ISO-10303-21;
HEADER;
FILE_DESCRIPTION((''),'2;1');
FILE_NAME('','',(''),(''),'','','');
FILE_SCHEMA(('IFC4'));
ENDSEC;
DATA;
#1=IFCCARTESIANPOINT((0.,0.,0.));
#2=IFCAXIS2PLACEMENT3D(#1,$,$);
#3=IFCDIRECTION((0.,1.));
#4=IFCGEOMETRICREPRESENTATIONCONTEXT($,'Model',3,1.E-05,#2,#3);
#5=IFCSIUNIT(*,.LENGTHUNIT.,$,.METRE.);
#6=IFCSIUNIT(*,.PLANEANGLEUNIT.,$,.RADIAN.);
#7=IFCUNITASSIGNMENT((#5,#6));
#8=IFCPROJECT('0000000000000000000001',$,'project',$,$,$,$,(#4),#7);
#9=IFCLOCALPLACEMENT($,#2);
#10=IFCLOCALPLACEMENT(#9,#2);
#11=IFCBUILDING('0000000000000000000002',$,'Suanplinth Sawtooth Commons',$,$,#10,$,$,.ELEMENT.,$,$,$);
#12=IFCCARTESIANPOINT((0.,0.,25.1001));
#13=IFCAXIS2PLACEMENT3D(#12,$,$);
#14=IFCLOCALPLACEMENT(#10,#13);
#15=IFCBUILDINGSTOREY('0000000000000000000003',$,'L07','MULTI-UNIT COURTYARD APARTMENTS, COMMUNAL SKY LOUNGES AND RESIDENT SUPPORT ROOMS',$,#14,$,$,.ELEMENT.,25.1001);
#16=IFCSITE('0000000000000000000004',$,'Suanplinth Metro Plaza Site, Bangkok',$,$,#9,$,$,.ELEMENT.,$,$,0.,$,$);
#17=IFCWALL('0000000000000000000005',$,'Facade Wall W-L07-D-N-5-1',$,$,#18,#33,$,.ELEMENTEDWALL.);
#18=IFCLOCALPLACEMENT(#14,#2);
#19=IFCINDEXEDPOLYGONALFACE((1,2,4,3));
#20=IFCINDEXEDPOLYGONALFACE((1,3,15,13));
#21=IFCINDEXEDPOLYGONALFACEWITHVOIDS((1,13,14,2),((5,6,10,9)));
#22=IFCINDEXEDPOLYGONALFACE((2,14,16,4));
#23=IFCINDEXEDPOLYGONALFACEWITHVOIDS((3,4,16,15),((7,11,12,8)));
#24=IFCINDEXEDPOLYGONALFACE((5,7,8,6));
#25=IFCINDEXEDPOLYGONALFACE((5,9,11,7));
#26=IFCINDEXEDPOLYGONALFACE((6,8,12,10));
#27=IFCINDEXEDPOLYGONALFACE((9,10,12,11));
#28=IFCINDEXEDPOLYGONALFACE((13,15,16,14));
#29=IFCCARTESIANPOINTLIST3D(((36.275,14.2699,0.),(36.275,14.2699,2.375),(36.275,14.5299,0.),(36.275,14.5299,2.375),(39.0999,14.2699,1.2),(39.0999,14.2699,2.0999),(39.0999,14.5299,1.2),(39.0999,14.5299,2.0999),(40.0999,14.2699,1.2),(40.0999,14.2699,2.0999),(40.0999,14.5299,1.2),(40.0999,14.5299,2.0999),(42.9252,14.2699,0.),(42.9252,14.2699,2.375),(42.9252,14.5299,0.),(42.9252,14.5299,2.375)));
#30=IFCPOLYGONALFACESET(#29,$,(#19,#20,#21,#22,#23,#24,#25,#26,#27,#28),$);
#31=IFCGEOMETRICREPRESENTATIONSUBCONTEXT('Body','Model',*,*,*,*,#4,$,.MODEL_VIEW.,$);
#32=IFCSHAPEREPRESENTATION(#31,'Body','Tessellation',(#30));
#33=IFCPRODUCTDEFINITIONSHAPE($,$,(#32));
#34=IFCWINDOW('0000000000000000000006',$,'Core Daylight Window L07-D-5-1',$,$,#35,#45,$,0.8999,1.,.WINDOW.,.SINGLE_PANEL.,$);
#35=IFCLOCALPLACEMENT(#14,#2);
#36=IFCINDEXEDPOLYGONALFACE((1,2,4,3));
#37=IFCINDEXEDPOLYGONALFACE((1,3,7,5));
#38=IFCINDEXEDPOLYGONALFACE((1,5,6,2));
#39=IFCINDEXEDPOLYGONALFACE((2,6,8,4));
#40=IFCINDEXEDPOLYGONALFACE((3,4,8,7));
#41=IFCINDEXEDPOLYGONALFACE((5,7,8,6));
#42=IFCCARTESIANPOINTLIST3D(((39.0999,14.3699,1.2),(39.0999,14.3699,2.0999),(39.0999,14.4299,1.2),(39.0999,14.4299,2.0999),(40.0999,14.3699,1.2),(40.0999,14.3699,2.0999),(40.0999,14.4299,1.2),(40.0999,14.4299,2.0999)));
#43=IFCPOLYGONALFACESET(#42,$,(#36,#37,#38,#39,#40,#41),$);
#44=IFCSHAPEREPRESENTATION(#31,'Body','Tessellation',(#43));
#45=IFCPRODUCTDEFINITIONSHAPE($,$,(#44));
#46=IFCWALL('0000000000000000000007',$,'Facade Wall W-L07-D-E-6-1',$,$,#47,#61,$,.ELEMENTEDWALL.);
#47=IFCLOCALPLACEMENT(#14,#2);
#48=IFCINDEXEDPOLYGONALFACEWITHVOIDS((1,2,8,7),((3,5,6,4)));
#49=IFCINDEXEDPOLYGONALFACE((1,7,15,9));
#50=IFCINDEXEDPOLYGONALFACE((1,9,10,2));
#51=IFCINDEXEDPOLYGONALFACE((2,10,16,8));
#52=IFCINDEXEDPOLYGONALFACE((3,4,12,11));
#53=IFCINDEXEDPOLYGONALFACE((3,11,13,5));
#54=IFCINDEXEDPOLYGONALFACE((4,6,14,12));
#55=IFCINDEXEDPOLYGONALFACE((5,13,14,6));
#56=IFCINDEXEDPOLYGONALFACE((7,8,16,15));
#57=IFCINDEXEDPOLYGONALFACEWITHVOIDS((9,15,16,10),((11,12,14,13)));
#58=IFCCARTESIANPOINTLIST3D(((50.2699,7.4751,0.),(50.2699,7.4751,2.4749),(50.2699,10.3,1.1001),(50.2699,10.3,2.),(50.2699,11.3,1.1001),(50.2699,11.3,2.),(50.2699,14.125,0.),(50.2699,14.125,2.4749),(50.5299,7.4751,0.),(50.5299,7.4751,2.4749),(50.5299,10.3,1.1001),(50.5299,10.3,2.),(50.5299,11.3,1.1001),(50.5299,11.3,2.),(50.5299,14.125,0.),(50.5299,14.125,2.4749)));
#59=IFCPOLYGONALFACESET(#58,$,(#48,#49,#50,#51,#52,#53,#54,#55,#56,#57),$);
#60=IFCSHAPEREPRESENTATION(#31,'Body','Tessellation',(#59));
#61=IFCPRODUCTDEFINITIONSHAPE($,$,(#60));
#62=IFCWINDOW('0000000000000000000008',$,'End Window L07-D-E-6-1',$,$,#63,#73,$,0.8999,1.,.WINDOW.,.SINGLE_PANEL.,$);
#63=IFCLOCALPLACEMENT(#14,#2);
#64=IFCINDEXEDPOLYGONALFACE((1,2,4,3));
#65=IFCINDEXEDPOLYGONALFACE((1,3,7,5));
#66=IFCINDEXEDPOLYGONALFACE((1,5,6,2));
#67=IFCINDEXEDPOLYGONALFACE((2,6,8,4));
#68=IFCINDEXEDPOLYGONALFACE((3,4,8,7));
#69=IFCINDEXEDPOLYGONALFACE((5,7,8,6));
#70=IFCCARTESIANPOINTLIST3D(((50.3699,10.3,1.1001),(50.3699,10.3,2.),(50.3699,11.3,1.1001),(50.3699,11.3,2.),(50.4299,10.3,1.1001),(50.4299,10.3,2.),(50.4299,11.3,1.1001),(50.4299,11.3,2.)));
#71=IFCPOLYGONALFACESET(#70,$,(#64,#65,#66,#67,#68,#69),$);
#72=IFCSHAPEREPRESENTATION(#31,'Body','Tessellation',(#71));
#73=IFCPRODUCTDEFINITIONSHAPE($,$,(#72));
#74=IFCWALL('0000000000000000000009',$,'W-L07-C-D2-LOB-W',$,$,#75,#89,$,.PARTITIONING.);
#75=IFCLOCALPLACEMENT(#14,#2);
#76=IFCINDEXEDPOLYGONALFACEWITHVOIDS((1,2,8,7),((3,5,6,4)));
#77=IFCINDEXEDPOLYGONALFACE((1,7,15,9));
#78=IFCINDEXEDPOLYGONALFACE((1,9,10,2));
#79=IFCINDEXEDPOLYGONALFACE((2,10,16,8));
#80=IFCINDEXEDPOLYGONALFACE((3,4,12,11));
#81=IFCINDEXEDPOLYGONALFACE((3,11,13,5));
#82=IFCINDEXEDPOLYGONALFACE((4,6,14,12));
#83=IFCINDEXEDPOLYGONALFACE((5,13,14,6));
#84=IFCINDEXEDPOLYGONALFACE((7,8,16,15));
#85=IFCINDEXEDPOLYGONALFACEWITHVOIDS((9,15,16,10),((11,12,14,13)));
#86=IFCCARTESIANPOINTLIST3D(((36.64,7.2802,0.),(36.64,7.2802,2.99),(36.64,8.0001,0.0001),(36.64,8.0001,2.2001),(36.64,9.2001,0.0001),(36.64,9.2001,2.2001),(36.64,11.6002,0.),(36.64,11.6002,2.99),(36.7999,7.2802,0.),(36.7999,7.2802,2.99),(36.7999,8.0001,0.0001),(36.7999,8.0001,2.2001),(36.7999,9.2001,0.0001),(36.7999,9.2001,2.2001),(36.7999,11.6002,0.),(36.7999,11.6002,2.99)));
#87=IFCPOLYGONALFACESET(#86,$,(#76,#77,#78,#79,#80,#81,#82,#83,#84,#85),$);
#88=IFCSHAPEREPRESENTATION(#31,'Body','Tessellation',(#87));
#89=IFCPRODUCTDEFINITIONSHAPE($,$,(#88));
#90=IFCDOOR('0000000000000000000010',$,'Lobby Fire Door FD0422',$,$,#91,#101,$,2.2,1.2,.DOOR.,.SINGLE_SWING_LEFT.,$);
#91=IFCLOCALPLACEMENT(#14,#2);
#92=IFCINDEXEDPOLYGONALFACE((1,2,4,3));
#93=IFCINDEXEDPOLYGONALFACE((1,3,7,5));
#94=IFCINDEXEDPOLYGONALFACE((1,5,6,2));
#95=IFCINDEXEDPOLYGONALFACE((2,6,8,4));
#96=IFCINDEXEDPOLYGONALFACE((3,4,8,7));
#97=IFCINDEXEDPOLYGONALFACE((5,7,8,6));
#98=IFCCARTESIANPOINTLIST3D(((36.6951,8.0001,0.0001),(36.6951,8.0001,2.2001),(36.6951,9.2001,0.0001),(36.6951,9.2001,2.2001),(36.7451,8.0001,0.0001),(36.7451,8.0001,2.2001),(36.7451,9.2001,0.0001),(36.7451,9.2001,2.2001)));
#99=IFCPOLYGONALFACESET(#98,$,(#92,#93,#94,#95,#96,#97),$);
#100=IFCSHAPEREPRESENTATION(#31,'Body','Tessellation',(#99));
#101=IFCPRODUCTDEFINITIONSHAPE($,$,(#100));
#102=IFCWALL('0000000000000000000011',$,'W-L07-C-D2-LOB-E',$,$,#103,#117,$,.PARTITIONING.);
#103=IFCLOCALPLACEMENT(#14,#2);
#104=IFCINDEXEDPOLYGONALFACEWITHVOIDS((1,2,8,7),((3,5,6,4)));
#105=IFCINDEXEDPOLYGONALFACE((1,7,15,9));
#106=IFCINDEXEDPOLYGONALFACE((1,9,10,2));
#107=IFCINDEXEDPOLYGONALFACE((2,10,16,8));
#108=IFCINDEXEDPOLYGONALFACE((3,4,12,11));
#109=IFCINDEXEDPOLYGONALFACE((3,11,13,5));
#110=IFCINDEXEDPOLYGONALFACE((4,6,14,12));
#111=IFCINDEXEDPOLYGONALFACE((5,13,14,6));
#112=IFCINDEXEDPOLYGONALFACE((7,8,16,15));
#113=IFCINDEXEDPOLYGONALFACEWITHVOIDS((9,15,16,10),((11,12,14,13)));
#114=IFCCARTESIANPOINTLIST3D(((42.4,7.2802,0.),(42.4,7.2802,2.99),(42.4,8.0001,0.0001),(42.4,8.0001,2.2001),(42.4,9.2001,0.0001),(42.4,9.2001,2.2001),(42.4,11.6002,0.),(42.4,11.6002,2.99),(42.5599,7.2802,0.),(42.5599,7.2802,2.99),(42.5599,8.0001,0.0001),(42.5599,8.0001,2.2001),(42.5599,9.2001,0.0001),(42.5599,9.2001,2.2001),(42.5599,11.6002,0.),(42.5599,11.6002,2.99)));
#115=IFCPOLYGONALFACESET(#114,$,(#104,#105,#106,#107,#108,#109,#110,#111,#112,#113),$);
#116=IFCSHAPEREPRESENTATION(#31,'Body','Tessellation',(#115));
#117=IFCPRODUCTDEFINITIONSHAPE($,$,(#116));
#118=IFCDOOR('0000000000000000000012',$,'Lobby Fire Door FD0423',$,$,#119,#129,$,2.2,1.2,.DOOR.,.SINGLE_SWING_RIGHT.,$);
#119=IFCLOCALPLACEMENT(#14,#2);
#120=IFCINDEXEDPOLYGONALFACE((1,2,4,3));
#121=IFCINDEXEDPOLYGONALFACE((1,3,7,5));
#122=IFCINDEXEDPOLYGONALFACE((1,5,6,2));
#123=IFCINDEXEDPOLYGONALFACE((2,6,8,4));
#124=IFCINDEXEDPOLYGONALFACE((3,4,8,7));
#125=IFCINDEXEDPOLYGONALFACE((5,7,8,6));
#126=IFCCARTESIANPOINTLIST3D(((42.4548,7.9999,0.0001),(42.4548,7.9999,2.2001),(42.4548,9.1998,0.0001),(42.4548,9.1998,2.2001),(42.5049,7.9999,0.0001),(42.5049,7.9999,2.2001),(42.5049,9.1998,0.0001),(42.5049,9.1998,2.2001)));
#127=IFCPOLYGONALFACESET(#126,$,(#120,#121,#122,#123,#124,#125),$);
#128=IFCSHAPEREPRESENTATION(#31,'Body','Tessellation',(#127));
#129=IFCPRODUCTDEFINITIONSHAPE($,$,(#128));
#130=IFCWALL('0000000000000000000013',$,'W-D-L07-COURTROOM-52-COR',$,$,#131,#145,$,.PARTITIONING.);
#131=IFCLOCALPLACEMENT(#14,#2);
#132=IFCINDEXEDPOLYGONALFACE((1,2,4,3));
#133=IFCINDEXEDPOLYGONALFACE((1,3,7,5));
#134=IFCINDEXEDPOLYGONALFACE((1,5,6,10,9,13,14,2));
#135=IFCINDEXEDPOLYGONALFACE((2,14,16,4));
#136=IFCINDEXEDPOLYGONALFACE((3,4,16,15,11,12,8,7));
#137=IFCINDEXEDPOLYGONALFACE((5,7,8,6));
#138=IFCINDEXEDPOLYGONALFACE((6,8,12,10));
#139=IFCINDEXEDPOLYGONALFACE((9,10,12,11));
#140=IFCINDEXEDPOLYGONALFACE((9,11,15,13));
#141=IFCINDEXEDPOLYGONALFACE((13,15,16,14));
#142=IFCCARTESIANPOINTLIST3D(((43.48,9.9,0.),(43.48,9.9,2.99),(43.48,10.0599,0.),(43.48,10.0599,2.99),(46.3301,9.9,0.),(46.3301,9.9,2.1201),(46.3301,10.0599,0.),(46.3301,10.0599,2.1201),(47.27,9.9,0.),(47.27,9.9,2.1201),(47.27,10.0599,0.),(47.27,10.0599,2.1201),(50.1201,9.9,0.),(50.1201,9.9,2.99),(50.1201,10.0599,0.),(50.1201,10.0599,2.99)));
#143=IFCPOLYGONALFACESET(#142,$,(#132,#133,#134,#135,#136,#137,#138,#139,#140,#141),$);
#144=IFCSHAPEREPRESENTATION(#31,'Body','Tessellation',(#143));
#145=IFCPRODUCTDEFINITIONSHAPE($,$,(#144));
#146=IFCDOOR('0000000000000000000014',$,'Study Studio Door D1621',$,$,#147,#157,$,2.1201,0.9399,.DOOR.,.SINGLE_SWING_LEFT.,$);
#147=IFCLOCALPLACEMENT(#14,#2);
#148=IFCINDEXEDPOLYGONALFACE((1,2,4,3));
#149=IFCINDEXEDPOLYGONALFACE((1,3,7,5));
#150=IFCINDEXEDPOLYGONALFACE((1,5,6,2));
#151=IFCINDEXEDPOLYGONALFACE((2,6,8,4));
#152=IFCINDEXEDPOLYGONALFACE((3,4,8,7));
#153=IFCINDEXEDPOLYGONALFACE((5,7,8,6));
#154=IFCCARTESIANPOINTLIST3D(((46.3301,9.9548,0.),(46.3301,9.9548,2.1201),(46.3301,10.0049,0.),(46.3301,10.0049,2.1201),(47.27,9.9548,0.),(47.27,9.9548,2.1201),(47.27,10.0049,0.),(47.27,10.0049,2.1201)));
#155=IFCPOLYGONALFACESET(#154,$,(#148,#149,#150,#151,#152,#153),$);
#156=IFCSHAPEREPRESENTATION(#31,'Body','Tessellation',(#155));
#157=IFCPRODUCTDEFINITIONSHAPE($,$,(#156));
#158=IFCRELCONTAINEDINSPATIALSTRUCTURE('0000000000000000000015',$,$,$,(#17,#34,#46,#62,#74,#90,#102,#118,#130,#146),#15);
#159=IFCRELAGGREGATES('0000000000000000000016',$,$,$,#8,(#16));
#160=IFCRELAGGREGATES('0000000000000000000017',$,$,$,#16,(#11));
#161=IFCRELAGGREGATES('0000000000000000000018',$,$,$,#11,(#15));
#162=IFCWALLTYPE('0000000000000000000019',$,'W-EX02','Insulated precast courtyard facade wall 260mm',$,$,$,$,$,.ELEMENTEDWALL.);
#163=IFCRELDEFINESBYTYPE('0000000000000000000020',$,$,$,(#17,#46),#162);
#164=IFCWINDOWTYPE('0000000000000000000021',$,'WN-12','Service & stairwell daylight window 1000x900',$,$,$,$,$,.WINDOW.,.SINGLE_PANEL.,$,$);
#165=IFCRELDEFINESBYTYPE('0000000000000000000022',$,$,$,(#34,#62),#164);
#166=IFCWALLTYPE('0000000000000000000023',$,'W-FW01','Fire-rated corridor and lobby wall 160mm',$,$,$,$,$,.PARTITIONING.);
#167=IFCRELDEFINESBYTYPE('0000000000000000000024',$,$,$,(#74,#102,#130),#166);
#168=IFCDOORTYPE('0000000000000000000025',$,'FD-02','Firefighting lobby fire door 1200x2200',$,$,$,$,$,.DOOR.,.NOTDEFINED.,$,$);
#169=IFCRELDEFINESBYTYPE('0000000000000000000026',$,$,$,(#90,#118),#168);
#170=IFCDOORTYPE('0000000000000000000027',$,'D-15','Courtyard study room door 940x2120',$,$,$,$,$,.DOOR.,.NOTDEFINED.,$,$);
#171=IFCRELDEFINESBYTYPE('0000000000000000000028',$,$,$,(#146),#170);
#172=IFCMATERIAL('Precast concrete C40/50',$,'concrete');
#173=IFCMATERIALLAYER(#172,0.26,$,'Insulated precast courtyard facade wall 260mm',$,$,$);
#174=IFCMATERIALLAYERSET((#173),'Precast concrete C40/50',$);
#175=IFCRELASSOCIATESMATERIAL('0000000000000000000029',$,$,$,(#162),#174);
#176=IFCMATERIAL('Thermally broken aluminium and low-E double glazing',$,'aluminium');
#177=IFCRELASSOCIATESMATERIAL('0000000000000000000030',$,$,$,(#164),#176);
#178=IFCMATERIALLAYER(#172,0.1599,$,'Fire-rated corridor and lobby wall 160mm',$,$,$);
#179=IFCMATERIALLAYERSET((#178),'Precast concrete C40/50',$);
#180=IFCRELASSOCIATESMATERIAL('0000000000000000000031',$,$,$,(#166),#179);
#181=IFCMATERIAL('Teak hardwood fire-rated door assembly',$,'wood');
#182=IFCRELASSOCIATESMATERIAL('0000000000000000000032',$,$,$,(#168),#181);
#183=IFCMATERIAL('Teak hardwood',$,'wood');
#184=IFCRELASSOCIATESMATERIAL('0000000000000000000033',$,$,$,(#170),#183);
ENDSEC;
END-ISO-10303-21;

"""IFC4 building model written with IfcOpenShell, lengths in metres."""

from ifc_helpers import new_model, si_unit, direction, frame, frame_2d, origin, place, context, subcontext, project, spatial, rectangle, extrude, material, layer, layer_set, type_object, element, fill, save


model = new_model("IFC4")

# Units and contexts
model_context = context("Model", 3, precision=1e-05, world=origin(), true_north=direction((0.0, 1.0)))
body_context = subcontext(model_context, "Body", "Model", "MODEL_VIEW")
ifc_project = project(units=[si_unit("LENGTHUNIT", "METRE"), si_unit("PLANEANGLEUNIT", "RADIAN")], contexts=[model_context])

# Site, building, storey
site_placement = place(None, origin())
site = spatial("IfcSite", under=ifc_project, at=site_placement, Name="Suanplinth Metro Plaza Site, Bangkok", CompositionType="ELEMENT", RefElevation=0.0)
building_placement = place(site_placement, origin())
building = spatial("IfcBuilding", under=site, at=building_placement, Name="Suanplinth Sawtooth Commons", CompositionType="ELEMENT")
storey_placement = place(building_placement, frame((0.0, 0.0, 25.1001)))
storey = spatial("IfcBuildingStorey", under=building, at=storey_placement, Name="L07", Description="MULTI-UNIT COURTYARD APARTMENTS, COMMUNAL SKY LOUNGES AND RESIDENT SUPPORT ROOMS", CompositionType="ELEMENT", Elevation=25.1001)

# Shared definitions
ifc_material_1 = material(Name="Precast concrete C40/50", Category="concrete")

# Wall, opening, window
ifc_layer_1 = layer(ifc_material_1, 0.26, Name="Insulated precast courtyard facade wall 260mm")
ifc_layer_set_1 = layer_set([ifc_layer_1], Name="Precast concrete C40/50")
wall_type_1 = type_object("IfcWallType", Name="W-EX02", Description="Insulated precast courtyard facade wall 260mm", PredefinedType="ELEMENTEDWALL", material=ifc_layer_set_1)
wall_1_placement = place(storey_placement, frame((36.2749, 14.3999, 0.0), z_axis=(0.0, 0.0, 1.0), x_axis=(1.0, 0.0, 0.0)))
wall_1 = element("IfcWall", 1, at=wall_1_placement, inside=storey, type_object=wall_type_1, Name="Facade Wall W-L07-D-N-5-1", PredefinedType="ELEMENTEDWALL", context=body_context, shape_type="SweptSolid", body=[
    extrude(rectangle(XDim=6.6501, YDim=0.26, at=frame_2d((3.3252, 0.0))), origin(), (0.0, 0.0, 1.0), 2.375),
])
opening_1_placement = place(wall_1_placement, frame((2.825, 0.0, 1.2)))
opening_1 = element("IfcOpeningElement", 2, at=opening_1_placement, cuts=wall_1, PredefinedType="OPENING", context=body_context, shape_type="SweptSolid", body=[
    extrude(rectangle(XDim=1.0, YDim=0.8999, at=frame_2d((0.5, 0.45))), frame((0.0, 0.145, 0.0), z_axis=(0.0, -1.0, 0.0), x_axis=(1.0, 0.0, 0.0)), (0.0, 0.0, 1.0), 0.2898),
])
ifc_material_2 = material(Name="Thermally broken aluminium and low-E double glazing", Category="aluminium")
window_type_1 = type_object("IfcWindowType", Name="WN-12", Description="Service & stairwell daylight window 1000x900", PartitioningType="SINGLE_PANEL", PredefinedType="WINDOW", material=ifc_material_2)
window_1_placement = place(opening_1_placement, origin())
window_1 = element("IfcWindow", 3, at=window_1_placement, inside=storey, type_object=window_type_1, Name="Core Daylight Window L07-D-5-1", OverallHeight=0.8999, OverallWidth=1.0, PartitioningType="SINGLE_PANEL", PredefinedType="WINDOW", context=body_context, shape_type="SweptSolid", body=[
    extrude(rectangle(XDim=1.0, YDim=0.8999, at=frame_2d((0.5, 0.45))), frame((0.0, 0.03, 0.0), z_axis=(0.0, -1.0, 0.0), x_axis=(1.0, 0.0, 0.0)), (0.0, 0.0, 1.0), 0.0601),
])
fill(opening_1, window_1)

# Wall, opening, window
wall_2_placement = place(storey_placement, frame((50.3999, 7.4751, 0.0), z_axis=(0.0, 0.0, 1.0), x_axis=(0.0, 1.0, 0.0)))
wall_2 = element("IfcWall", 4, at=wall_2_placement, inside=storey, type_object=wall_type_1, Name="Facade Wall W-L07-D-E-6-1", PredefinedType="ELEMENTEDWALL", context=body_context, shape_type="SweptSolid", body=[
    extrude(rectangle(XDim=6.6499, YDim=0.26, at=frame_2d((3.325, 0.0))), origin(), (0.0, 0.0, 1.0), 2.4749),
])
opening_2_placement = place(wall_2_placement, frame((2.825, 0.0, 1.1001)))
opening_2 = element("IfcOpeningElement", 5, at=opening_2_placement, cuts=wall_2, PredefinedType="OPENING", context=body_context, shape_type="SweptSolid", body=[
    extrude(rectangle(XDim=1.0, YDim=0.8999, at=frame_2d((0.5, 0.45))), frame((0.0, 0.145, 0.0), z_axis=(0.0, -1.0, 0.0), x_axis=(1.0, 0.0, 0.0)), (0.0, 0.0, 1.0), 0.2898),
])
window_2_placement = place(opening_2_placement, origin())
window_2 = element("IfcWindow", 6, at=window_2_placement, inside=storey, type_object=window_type_1, Name="End Window L07-D-E-6-1", OverallHeight=0.8999, OverallWidth=1.0, PartitioningType="SINGLE_PANEL", PredefinedType="WINDOW", context=body_context, shape_type="SweptSolid", body=[
    extrude(rectangle(XDim=1.0, YDim=0.8999, at=frame_2d((0.5, 0.45))), frame((0.0, 0.03, 0.0), z_axis=(0.0, -1.0, 0.0), x_axis=(1.0, 0.0, 0.0)), (0.0, 0.0, 1.0), 0.0601),
])
fill(opening_2, window_2)

# Walls, openings, doors
ifc_layer_2 = layer(ifc_material_1, 0.1599, Name="Fire-rated corridor and lobby wall 160mm")
ifc_layer_set_2 = layer_set([ifc_layer_2], Name="Precast concrete C40/50")
wall_type_2 = type_object("IfcWallType", Name="W-FW01", Description="Fire-rated corridor and lobby wall 160mm", PredefinedType="PARTITIONING", material=ifc_layer_set_2)
wall_3_placement = place(storey_placement, frame((36.72, 7.28, 0.0), z_axis=(0.0, 0.0, 1.0), x_axis=(0.0, 1.0, 0.0)))
wall_3 = element("IfcWall", 7, at=wall_3_placement, inside=storey, type_object=wall_type_2, Name="W-L07-C-D2-LOB-W", PredefinedType="PARTITIONING", context=body_context, shape_type="SweptSolid", body=[
    extrude(rectangle(XDim=4.3201, YDim=0.1599, at=frame_2d((2.1602, 0.0))), origin(), (0.0, 0.0, 1.0), 2.99),
])
opening_3_placement = place(wall_3_placement, frame((0.72, 0.0, 0.0)))
opening_3 = element("IfcOpeningElement", 8, at=opening_3_placement, cuts=wall_3, PredefinedType="OPENING", context=body_context, shape_type="SweptSolid", body=[
    extrude(rectangle(XDim=1.2, YDim=2.2, at=frame_2d((0.6001, 1.1001))), frame((0.0, 0.0947, 0.0), z_axis=(0.0, -1.0, 0.0), x_axis=(1.0, 0.0, 0.0)), (0.0, 0.0, 1.0), 0.1897),
])
ifc_material_3 = material(Name="Teak hardwood fire-rated door assembly", Category="wood")
door_type_1 = type_object("IfcDoorType", Name="FD-02", Description="Firefighting lobby fire door 1200x2200", OperationType="NOTDEFINED", PredefinedType="DOOR", material=ifc_material_3)
door_1_placement = place(opening_3_placement, origin())
door_1 = element("IfcDoor", 9, at=door_1_placement, inside=storey, type_object=door_type_1, Name="Lobby Fire Door FD0422", OperationType="SINGLE_SWING_LEFT", OverallHeight=2.2, OverallWidth=1.2, PredefinedType="DOOR", context=body_context, shape_type="SweptSolid", body=[
    extrude(rectangle(XDim=1.2, YDim=2.2, at=frame_2d((0.6001, 1.1001))), frame((0.0, 0.0249, 0.0), z_axis=(0.0, -1.0, 0.0), x_axis=(1.0, 0.0, 0.0)), (0.0, 0.0, 1.0), 0.05),
])
fill(opening_3, door_1)
wall_4_placement = place(storey_placement, frame((42.48, 7.28, 0.0), z_axis=(0.0, 0.0, 1.0), x_axis=(0.0, 1.0, 0.0)))
wall_4 = element("IfcWall", 10, at=wall_4_placement, inside=storey, type_object=wall_type_2, Name="W-L07-C-D2-LOB-E", PredefinedType="PARTITIONING", context=body_context, shape_type="SweptSolid", body=[
    extrude(rectangle(XDim=4.3201, YDim=0.1599, at=frame_2d((2.1602, 0.0))), origin(), (0.0, 0.0, 1.0), 2.99),
])
opening_4_placement = place(wall_4_placement, frame((0.72, 0.0, 0.0)))
opening_4 = element("IfcOpeningElement", 11, at=opening_4_placement, cuts=wall_4, PredefinedType="OPENING", context=body_context, shape_type="SweptSolid", body=[
    extrude(rectangle(XDim=1.2, YDim=2.2, at=frame_2d((0.6001, 1.1001))), frame((0.0, 0.0947, 0.0), z_axis=(0.0, -1.0, 0.0), x_axis=(1.0, 0.0, 0.0)), (0.0, 0.0, 1.0), 0.1897),
])
door_2_placement = place(opening_4_placement, frame((1.2, 0.0, 0.0), z_axis=(0.0, 0.0, 1.0), x_axis=(-1.0, 0.0, 0.0)))
door_2 = element("IfcDoor", 12, at=door_2_placement, inside=storey, type_object=door_type_1, Name="Lobby Fire Door FD0423", OperationType="SINGLE_SWING_RIGHT", OverallHeight=2.2, OverallWidth=1.2, PredefinedType="DOOR", context=body_context, shape_type="SweptSolid", body=[
    extrude(rectangle(XDim=1.2, YDim=2.2, at=frame_2d((0.6001, 1.1001))), frame((0.0, 0.0249, 0.0), z_axis=(0.0, -1.0, 0.0), x_axis=(1.0, 0.0, 0.0)), (0.0, 0.0, 1.0), 0.05),
])
fill(opening_4, door_2)
wall_5_placement = place(storey_placement, frame((43.48, 9.98, 0.0), z_axis=(0.0, 0.0, 1.0), x_axis=(1.0, 0.0, 0.0)))
wall_5 = element("IfcWall", 13, at=wall_5_placement, inside=storey, type_object=wall_type_2, Name="W-D-L07-COURTROOM-52-COR", PredefinedType="PARTITIONING", context=body_context, shape_type="SweptSolid", body=[
    extrude(rectangle(XDim=6.6401, YDim=0.1599, at=frame_2d((3.3201, 0.0))), origin(), (0.0, 0.0, 1.0), 2.99),
])
opening_5_placement = place(wall_5_placement, frame((2.8501, 0.0, 0.0)))
opening_5 = element("IfcOpeningElement", 14, at=opening_5_placement, cuts=wall_5, PredefinedType="OPENING", context=body_context, shape_type="SweptSolid", body=[
    extrude(rectangle(XDim=0.9399, YDim=2.1201, at=frame_2d((0.47, 1.0601))), frame((0.0, 0.0947, 0.0), z_axis=(0.0, -1.0, 0.0), x_axis=(1.0, 0.0, 0.0)), (0.0, 0.0, 1.0), 0.1897),
])
ifc_material_4 = material(Name="Teak hardwood", Category="wood")
door_type_2 = type_object("IfcDoorType", Name="D-15", Description="Courtyard study room door 940x2120", OperationType="NOTDEFINED", PredefinedType="DOOR", material=ifc_material_4)
door_3_placement = place(opening_5_placement, origin())
door_3 = element("IfcDoor", 15, at=door_3_placement, inside=storey, type_object=door_type_2, Name="Study Studio Door D1621", OperationType="SINGLE_SWING_LEFT", OverallHeight=2.1201, OverallWidth=0.9399, PredefinedType="DOOR", context=body_context, shape_type="SweptSolid", body=[
    extrude(rectangle(XDim=0.9399, YDim=2.1201, at=frame_2d((0.47, 1.0601))), frame((0.0, 0.0249, 0.0), z_axis=(0.0, -1.0, 0.0), x_axis=(1.0, 0.0, 0.0)), (0.0, 0.0, 1.0), 0.05),
])
fill(opening_5, door_3)

save(model, "model.ifc")
